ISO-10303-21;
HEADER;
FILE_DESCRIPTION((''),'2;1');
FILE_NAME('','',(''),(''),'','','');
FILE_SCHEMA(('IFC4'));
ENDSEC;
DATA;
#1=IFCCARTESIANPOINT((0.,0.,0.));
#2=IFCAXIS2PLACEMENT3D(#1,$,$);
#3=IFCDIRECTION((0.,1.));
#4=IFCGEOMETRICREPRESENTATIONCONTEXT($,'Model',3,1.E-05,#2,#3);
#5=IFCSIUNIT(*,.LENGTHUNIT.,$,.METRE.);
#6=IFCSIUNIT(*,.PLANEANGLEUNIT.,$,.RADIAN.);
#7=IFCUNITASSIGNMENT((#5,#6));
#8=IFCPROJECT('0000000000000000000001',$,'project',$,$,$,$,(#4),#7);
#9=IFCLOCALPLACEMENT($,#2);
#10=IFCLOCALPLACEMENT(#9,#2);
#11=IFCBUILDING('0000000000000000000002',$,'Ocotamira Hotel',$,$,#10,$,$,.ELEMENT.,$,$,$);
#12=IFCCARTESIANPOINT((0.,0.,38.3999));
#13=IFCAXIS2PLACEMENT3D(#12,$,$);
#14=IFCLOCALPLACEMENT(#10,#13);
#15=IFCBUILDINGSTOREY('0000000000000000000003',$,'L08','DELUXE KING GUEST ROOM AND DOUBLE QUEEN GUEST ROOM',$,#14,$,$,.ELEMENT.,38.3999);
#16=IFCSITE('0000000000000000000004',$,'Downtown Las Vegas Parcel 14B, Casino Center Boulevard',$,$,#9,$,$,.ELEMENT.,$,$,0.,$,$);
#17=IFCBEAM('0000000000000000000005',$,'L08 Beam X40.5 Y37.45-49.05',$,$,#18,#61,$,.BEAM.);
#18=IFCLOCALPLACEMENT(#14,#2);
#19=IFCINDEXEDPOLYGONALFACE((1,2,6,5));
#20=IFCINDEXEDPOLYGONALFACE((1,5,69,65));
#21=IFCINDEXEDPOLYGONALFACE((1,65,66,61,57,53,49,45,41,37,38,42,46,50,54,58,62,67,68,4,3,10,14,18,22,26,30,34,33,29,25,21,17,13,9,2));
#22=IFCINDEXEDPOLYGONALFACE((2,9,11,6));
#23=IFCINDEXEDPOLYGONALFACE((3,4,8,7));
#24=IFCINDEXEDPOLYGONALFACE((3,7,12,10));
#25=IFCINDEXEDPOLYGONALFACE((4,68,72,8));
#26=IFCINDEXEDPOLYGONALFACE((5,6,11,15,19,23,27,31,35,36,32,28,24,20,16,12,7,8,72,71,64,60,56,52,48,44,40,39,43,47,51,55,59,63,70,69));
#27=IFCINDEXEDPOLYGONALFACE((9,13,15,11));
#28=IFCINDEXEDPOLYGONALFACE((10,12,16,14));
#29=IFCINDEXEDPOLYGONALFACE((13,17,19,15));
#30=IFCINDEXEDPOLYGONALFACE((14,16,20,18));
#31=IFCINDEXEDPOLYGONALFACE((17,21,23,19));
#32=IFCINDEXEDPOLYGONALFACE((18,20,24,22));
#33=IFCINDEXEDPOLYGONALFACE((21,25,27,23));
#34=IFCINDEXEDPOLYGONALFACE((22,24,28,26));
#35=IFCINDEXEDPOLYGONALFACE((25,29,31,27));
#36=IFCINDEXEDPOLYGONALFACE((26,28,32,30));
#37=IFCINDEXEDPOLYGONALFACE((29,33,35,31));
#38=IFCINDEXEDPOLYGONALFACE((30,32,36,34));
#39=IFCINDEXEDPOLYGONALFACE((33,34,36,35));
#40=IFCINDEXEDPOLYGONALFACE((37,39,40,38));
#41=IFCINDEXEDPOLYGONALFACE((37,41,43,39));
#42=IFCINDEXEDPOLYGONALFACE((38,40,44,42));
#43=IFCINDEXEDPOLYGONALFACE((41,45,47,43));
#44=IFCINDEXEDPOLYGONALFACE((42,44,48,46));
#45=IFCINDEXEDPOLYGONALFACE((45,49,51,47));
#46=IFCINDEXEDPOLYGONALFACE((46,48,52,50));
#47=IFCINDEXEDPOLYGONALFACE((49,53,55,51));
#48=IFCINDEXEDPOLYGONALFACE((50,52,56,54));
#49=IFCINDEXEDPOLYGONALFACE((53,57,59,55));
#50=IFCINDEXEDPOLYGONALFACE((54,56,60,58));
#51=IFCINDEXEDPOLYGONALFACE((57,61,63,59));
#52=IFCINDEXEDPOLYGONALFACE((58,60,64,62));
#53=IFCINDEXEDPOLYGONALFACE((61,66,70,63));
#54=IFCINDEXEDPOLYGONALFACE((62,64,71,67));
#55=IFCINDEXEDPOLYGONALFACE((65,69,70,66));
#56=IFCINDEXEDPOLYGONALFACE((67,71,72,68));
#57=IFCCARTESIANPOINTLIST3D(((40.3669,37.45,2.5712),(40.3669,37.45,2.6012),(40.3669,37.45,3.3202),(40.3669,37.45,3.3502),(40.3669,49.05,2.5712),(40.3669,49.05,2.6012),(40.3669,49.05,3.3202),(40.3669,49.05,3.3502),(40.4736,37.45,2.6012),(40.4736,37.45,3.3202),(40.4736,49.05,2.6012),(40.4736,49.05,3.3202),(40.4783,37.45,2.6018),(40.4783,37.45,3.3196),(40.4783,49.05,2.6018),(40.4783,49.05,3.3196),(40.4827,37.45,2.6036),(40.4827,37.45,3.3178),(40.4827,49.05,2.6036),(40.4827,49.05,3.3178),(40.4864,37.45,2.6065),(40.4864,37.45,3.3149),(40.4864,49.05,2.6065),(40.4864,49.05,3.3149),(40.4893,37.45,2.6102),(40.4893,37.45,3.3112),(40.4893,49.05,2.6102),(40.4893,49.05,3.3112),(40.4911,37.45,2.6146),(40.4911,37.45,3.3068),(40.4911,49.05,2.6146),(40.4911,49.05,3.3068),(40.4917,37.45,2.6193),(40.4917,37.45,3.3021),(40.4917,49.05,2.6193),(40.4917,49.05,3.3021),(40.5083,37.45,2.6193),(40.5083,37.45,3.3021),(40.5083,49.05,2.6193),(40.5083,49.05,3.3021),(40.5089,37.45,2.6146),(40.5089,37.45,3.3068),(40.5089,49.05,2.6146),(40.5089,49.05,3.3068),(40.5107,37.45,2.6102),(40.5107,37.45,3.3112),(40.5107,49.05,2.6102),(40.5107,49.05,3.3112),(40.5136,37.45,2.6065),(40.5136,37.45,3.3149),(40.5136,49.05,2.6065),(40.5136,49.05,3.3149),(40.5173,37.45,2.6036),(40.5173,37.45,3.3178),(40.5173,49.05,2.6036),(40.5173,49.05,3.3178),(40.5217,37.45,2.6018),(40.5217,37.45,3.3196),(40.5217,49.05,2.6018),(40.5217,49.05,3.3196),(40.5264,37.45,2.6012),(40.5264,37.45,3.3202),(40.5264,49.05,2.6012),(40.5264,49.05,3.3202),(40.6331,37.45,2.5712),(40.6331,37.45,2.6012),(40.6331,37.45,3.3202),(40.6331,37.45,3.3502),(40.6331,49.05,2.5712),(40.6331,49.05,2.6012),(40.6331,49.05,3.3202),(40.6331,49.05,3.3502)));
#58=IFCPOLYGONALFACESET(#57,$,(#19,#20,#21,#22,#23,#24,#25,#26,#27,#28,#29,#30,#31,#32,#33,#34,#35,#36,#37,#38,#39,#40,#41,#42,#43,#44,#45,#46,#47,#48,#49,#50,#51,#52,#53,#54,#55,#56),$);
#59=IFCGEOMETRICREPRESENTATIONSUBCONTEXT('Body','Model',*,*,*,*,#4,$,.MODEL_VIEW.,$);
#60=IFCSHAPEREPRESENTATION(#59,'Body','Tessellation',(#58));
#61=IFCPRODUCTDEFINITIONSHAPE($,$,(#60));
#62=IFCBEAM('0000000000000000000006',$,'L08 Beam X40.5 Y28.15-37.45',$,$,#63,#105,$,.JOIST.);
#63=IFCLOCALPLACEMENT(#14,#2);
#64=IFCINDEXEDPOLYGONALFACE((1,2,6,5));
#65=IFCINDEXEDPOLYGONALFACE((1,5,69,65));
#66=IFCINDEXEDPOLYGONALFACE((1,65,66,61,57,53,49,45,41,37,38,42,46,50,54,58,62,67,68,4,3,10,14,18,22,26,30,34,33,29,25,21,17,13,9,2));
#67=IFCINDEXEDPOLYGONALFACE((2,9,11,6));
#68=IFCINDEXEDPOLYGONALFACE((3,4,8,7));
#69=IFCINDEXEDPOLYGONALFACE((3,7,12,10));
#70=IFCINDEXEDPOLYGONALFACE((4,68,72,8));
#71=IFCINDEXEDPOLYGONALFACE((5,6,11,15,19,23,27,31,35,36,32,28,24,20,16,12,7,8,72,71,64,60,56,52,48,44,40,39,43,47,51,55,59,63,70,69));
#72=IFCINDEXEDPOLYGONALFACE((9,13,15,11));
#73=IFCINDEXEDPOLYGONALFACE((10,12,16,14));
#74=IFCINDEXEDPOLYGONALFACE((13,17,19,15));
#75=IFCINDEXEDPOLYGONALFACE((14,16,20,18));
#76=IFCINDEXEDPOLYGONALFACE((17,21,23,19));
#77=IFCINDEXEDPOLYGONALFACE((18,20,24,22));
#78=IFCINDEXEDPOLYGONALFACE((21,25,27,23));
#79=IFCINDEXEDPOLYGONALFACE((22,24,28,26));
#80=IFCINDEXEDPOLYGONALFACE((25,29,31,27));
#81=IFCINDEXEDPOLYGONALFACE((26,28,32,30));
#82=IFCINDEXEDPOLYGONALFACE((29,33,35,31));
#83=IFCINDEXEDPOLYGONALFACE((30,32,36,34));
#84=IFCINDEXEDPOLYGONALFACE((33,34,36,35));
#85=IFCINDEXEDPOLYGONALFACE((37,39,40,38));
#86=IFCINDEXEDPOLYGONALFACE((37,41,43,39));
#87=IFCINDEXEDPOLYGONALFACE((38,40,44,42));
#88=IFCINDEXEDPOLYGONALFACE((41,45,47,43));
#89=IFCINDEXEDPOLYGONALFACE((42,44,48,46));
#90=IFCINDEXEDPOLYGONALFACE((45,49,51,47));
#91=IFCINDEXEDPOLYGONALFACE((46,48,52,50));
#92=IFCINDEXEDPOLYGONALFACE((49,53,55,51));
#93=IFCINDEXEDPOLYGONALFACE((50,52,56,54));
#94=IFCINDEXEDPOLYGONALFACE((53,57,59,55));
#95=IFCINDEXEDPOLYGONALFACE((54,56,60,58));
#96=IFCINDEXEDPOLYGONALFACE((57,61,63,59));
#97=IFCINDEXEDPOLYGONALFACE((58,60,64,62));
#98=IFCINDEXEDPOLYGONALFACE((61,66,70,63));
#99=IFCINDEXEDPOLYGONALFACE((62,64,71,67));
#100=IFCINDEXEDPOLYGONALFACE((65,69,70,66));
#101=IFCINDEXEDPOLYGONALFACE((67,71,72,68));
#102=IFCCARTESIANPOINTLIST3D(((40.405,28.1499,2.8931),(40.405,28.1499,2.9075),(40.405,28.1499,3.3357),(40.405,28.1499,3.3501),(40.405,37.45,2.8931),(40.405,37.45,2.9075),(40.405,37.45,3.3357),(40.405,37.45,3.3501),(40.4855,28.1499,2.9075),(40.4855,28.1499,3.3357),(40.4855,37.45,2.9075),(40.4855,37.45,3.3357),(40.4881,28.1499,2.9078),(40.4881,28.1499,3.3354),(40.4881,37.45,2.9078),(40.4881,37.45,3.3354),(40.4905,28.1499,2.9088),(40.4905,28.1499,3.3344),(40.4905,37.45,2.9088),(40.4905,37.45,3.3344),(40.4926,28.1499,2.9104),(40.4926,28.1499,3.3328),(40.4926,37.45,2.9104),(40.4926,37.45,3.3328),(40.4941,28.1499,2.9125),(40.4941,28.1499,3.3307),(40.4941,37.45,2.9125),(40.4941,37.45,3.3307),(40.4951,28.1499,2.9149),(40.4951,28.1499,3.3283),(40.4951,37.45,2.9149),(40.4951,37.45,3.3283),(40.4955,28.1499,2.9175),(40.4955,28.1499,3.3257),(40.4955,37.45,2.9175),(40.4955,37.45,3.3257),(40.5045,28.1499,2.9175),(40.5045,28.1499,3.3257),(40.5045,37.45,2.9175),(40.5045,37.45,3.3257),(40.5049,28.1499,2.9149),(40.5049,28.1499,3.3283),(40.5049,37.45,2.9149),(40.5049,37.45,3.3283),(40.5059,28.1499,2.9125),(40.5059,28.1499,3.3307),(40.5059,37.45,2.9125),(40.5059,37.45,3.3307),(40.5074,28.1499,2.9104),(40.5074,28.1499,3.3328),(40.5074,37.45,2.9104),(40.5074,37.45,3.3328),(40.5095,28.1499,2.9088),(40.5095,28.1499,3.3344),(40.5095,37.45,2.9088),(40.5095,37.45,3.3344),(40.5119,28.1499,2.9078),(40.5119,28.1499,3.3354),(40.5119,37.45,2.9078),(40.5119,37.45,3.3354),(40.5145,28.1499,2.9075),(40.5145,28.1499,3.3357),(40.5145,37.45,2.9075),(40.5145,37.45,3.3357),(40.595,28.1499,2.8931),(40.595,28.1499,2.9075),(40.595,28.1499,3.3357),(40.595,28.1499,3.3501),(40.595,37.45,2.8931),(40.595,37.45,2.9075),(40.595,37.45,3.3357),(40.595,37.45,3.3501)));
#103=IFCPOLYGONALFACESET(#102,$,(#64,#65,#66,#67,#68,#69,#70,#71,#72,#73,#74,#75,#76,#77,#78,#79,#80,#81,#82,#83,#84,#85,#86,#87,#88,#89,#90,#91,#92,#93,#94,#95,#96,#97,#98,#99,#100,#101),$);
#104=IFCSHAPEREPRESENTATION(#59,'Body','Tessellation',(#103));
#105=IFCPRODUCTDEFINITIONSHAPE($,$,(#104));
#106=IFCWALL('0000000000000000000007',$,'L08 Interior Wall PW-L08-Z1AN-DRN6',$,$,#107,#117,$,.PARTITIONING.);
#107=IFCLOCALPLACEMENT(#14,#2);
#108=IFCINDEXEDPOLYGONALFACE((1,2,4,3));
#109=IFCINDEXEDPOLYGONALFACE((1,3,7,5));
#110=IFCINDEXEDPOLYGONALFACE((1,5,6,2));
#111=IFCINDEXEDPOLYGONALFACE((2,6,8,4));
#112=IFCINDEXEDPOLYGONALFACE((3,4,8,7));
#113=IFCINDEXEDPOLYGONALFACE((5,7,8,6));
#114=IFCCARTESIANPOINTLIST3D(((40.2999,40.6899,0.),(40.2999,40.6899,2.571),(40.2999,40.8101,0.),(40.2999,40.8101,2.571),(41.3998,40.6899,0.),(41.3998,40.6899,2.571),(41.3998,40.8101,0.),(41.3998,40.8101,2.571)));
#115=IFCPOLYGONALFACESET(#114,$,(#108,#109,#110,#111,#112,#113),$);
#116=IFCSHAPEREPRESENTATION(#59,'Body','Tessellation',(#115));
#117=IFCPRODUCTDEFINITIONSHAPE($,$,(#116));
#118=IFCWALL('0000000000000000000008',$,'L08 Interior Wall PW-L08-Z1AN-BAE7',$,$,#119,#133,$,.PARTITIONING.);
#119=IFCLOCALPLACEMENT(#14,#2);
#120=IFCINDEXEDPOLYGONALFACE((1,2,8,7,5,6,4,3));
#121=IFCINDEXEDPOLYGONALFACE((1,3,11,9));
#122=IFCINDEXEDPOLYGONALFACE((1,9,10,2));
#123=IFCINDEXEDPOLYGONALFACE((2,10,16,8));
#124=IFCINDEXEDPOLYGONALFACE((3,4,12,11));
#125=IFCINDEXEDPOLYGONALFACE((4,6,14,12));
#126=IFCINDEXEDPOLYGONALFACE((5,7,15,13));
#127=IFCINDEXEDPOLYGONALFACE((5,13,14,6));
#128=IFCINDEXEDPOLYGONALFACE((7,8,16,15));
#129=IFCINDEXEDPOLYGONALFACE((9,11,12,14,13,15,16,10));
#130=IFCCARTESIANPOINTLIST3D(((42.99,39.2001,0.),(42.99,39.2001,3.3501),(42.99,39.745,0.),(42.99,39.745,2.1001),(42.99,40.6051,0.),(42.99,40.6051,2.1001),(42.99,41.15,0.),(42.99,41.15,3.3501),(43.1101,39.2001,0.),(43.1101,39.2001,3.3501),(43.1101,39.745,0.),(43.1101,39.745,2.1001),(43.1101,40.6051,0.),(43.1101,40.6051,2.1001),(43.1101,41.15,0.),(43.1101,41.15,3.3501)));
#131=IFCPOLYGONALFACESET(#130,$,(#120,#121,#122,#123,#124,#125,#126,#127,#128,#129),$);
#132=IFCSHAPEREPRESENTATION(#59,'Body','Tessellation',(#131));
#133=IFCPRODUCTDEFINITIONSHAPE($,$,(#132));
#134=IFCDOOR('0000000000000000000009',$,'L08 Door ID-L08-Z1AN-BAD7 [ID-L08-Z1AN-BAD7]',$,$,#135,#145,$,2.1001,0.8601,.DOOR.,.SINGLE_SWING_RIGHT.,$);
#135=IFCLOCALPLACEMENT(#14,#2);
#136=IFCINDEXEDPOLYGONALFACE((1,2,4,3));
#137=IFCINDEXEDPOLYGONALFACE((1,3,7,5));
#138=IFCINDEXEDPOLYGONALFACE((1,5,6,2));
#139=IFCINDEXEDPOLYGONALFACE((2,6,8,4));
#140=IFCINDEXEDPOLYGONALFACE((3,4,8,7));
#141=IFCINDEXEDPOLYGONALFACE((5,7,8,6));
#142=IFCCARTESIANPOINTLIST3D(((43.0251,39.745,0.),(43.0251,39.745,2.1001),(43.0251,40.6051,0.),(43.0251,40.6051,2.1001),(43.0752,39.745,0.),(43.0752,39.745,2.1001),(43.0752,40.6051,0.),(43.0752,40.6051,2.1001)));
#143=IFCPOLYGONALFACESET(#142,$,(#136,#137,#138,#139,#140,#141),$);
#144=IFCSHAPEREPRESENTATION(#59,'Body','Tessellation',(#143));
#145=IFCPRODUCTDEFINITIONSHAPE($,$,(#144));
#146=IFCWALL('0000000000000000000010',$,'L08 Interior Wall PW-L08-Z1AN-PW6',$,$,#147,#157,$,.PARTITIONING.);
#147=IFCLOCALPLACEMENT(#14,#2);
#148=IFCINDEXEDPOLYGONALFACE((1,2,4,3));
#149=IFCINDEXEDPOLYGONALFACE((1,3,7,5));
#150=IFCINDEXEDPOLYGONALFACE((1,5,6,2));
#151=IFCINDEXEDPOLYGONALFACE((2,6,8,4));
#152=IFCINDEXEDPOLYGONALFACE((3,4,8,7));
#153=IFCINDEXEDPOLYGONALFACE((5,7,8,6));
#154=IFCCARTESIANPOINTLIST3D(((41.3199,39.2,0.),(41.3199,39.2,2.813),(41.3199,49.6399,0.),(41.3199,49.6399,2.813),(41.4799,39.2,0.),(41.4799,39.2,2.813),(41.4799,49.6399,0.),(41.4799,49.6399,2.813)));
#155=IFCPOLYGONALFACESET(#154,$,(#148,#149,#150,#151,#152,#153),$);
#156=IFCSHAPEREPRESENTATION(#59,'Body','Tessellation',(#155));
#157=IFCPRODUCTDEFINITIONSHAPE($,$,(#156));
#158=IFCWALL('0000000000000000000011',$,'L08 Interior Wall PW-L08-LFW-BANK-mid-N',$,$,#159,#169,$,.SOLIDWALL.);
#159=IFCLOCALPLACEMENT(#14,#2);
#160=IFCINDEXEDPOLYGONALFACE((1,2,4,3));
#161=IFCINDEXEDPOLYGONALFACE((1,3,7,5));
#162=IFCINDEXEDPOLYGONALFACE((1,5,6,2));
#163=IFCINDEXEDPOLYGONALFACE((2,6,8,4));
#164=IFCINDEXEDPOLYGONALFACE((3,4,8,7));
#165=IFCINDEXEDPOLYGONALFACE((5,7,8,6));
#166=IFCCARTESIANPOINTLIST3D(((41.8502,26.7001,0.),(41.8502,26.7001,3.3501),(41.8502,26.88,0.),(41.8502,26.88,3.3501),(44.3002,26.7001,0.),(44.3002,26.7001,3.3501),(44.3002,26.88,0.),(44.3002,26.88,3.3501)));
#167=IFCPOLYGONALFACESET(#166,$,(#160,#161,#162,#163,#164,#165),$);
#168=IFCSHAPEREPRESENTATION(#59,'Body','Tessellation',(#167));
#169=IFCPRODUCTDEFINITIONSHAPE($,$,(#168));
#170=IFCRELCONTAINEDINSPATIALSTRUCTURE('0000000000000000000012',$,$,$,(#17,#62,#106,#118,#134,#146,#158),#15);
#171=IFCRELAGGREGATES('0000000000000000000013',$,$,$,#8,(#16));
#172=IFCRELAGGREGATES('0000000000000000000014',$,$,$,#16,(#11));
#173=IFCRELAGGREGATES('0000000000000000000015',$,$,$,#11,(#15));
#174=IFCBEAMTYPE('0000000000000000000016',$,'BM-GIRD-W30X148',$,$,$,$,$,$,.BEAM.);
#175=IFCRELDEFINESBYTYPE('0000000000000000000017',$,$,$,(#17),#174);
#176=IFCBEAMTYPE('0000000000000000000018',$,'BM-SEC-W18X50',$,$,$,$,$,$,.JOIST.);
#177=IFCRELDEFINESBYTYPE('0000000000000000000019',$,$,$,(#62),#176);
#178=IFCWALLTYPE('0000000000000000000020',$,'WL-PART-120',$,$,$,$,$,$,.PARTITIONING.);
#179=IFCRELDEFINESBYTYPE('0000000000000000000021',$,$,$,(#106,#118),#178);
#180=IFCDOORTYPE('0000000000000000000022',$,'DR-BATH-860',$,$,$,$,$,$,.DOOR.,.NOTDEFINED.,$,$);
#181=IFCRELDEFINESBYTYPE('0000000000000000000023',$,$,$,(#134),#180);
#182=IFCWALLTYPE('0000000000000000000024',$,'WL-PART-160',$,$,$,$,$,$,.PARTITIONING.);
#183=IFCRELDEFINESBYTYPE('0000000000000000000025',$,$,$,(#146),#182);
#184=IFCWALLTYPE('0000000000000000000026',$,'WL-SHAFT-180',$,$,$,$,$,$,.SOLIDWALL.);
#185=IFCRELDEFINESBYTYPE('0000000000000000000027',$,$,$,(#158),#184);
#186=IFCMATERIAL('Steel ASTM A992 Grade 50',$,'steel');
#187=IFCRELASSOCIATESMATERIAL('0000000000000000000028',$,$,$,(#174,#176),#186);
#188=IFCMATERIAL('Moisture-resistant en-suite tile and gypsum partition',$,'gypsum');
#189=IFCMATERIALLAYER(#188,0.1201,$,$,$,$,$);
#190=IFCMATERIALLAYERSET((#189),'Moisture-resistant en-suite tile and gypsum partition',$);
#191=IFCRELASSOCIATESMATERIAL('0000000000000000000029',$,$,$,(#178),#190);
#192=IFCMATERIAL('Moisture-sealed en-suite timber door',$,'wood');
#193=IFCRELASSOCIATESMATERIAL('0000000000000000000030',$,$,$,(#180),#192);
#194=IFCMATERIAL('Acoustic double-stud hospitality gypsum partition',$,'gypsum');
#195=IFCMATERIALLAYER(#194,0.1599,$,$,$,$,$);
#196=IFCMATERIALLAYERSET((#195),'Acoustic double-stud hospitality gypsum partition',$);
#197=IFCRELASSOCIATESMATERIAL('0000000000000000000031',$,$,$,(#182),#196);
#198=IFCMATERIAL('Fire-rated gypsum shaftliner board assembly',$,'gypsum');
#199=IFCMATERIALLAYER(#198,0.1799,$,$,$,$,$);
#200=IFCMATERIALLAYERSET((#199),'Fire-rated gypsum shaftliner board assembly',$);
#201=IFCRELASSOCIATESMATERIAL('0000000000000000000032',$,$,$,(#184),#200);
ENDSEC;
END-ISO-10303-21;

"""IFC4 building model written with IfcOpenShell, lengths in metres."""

from ifc_helpers import new_model, si_unit, direction, frame, frame_2d, origin, origin_2d, place, context, subcontext, project, spatial, rectangle, i_section, extrude, source, transform, mapped, material, layer, layer_set, material_profile, profile_set, type_object, element, fill, save


model = new_model("IFC4")

# Units and contexts
model_context = context("Model", 3, precision=1e-05, world=origin(), true_north=direction((0.0, 1.0)))
body_context = subcontext(model_context, "Body", "Model", "MODEL_VIEW")
ifc_project = project(units=[si_unit("LENGTHUNIT", "METRE"), si_unit("PLANEANGLEUNIT", "RADIAN")], contexts=[model_context])

# Site, building, storey
site_placement = place(None, origin())
site = spatial("IfcSite", under=ifc_project, at=site_placement, Name="Downtown Las Vegas Parcel 14B, Casino Center Boulevard", CompositionType="ELEMENT", RefElevation=0.0)
building_placement = place(site_placement, origin())
building = spatial("IfcBuilding", under=site, at=building_placement, Name="Ocotamira Hotel", CompositionType="ELEMENT")
storey_placement = place(building_placement, frame((0.0, 0.0, 38.3999)))
storey = spatial("IfcBuildingStorey", under=building, at=storey_placement, Name="L08", Description="DELUXE KING GUEST ROOM AND DOUBLE QUEEN GUEST ROOM", CompositionType="ELEMENT", Elevation=38.3999)

# Beams
ifc_material_1 = material(Name="Steel ASTM A992 Grade 50", Category="steel")
ifc_material_profile_1 = material_profile(ifc_material_1, i_section(OverallWidth=0.2661, OverallDepth=0.7791, WebThickness=0.0166, FlangeThickness=0.03, FilletRadius=0.0181, at=origin_2d()), Name="W30X148")
ifc_profile_set_1 = profile_set([ifc_material_profile_1], Name="Steel ASTM A992 Grade 50")
beam_type_1 = type_object("IfcBeamType", Name="BM-GIRD-W30X148", PredefinedType="BEAM", material=ifc_profile_set_1)
shared_shape_1 = source(origin(), body_context, "Body", "SweptSolid", [
    extrude(i_section(OverallWidth=0.2661, OverallDepth=0.7791, WebThickness=0.0166, FlangeThickness=0.03, FilletRadius=0.0181, at=origin_2d()), origin(), (0.0, 0.0, 1.0), 11.6001),
])
beam_1_placement = place(storey_placement, frame((40.5, 37.45, 2.9607), z_axis=(0.0, 1.0, 0.0), x_axis=(-1.0, 0.0, 0.0)))
element("IfcBeam", 1, at=beam_1_placement, inside=storey, type_object=beam_type_1, Name="L08 Beam X40.5 Y37.45-49.05", PredefinedType="BEAM", context=body_context, shape_type="MappedRepresentation", body=[
    mapped(shared_shape_1, transform((0.0, 0.0, 0.0), scale=1.0)),
])
ifc_material_profile_2 = material_profile(ifc_material_1, i_section(OverallWidth=0.1899, OverallDepth=0.457, WebThickness=0.009, FlangeThickness=0.0144, FilletRadius=0.01, at=origin_2d()), Name="W18X50")
ifc_profile_set_2 = profile_set([ifc_material_profile_2], Name="Steel ASTM A992 Grade 50")
beam_type_2 = type_object("IfcBeamType", Name="BM-SEC-W18X50", PredefinedType="JOIST", material=ifc_profile_set_2)
shared_shape_2 = source(origin(), body_context, "Body", "SweptSolid", [
    extrude(i_section(OverallWidth=0.1899, OverallDepth=0.457, WebThickness=0.009, FlangeThickness=0.0144, FilletRadius=0.01, at=origin_2d()), origin(), (0.0, 0.0, 1.0), 9.3),
])
beam_2_placement = place(storey_placement, frame((40.5, 28.1499, 3.1216), z_axis=(0.0, 1.0, 0.0), x_axis=(-1.0, 0.0, 0.0)))
element("IfcBeam", 2, at=beam_2_placement, inside=storey, type_object=beam_type_2, Name="L08 Beam X40.5 Y28.15-37.45", PredefinedType="JOIST", context=body_context, shape_type="MappedRepresentation", body=[
    mapped(shared_shape_2, transform((0.0, 0.0, 0.0), scale=1.0)),
])

# Wall
ifc_material_2 = material(Name="Moisture-resistant en-suite tile and gypsum partition", Category="gypsum")
ifc_layer_1 = layer(ifc_material_2, 0.1201)
ifc_layer_set_1 = layer_set([ifc_layer_1], Name="Moisture-resistant en-suite tile and gypsum partition")
wall_type_1 = type_object("IfcWallType", Name="WL-PART-120", PredefinedType="PARTITIONING", material=ifc_layer_set_1)
wall_1_placement = place(storey_placement, frame((40.3, 40.75, 0.0), z_axis=(0.0, 0.0, 1.0), x_axis=(1.0, 0.0, 0.0)))
element("IfcWall", 3, at=wall_1_placement, inside=storey, type_object=wall_type_1, Name="L08 Interior Wall PW-L08-Z1AN-DRN6", PredefinedType="PARTITIONING", context=body_context, shape_type="SweptSolid", body=[
    extrude(rectangle(XDim=1.0999, YDim=0.1201, at=frame_2d((0.5498, 0.0))), origin(), (0.0, 0.0, 1.0), 2.571),
])

# Wall, opening, door
wall_2_placement = place(storey_placement, frame((43.05, 39.2, 0.0), z_axis=(0.0, 0.0, 1.0), x_axis=(0.0, 1.0, 0.0)))
wall_2 = element("IfcWall", 4, at=wall_2_placement, inside=storey, type_object=wall_type_1, Name="L08 Interior Wall PW-L08-Z1AN-BAE7", PredefinedType="PARTITIONING", context=body_context, shape_type="SweptSolid", body=[
    extrude(rectangle(XDim=1.95, YDim=0.1201, at=frame_2d((0.9751, 0.0))), origin(), (0.0, 0.0, 1.0), 3.3501),
])
opening_1_placement = place(wall_2_placement, frame((0.5449, 0.0, 0.0)))
opening_1 = element("IfcOpeningElement", 5, at=opening_1_placement, cuts=wall_2, PredefinedType="OPENING", context=body_context, shape_type="SweptSolid", body=[
    extrude(rectangle(XDim=0.8601, YDim=2.1001, at=frame_2d((0.4302, 1.05))), frame((0.0, 0.0701, 0.0), z_axis=(0.0, -1.0, 0.0), x_axis=(1.0, 0.0, 0.0)), (0.0, 0.0, 1.0), 0.1401),
])
ifc_material_3 = material(Name="Moisture-sealed en-suite timber door", Category="wood")
door_type_1 = type_object("IfcDoorType", Name="DR-BATH-860", OperationType="NOTDEFINED", PredefinedType="DOOR", material=ifc_material_3)
shared_shape_3 = source(origin(), body_context, "Body", "SweptSolid", [
    extrude(rectangle(XDim=0.8601, YDim=2.1001, at=frame_2d((0.4302, 1.05))), frame((0.0, 0.0249, 0.0), z_axis=(0.0, -1.0, 0.0), x_axis=(1.0, 0.0, 0.0)), (0.0, 0.0, 1.0), 0.05),
])
door_1_placement = place(opening_1_placement, origin())
door_1 = element("IfcDoor", 6, at=door_1_placement, inside=storey, type_object=door_type_1, Name="L08 Door ID-L08-Z1AN-BAD7 [ID-L08-Z1AN-BAD7]", OperationType="SINGLE_SWING_RIGHT", OverallHeight=2.1001, OverallWidth=0.8601, PredefinedType="DOOR", context=body_context, shape_type="MappedRepresentation", body=[
    mapped(shared_shape_3, transform((0.0, 0.0, 0.0), scale=1.0)),
])
fill(opening_1, door_1)

# Walls
ifc_material_4 = material(Name="Acoustic double-stud hospitality gypsum partition", Category="gypsum")
ifc_layer_2 = layer(ifc_material_4, 0.1599)
ifc_layer_set_2 = layer_set([ifc_layer_2], Name="Acoustic double-stud hospitality gypsum partition")
wall_type_2 = type_object("IfcWallType", Name="WL-PART-160", PredefinedType="PARTITIONING", material=ifc_layer_set_2)
wall_3_placement = place(storey_placement, frame((41.3999, 39.2, 0.0), z_axis=(0.0, 0.0, 1.0), x_axis=(0.0, 1.0, 0.0)))
element("IfcWall", 7, at=wall_3_placement, inside=storey, type_object=wall_type_2, Name="L08 Interior Wall PW-L08-Z1AN-PW6", PredefinedType="PARTITIONING", context=body_context, shape_type="SweptSolid", body=[
    extrude(rectangle(XDim=10.4399, YDim=0.1599, at=frame_2d((5.22, 0.0))), origin(), (0.0, 0.0, 1.0), 2.813),
])
ifc_material_5 = material(Name="Fire-rated gypsum shaftliner board assembly", Category="gypsum")
ifc_layer_3 = layer(ifc_material_5, 0.1799)
ifc_layer_set_3 = layer_set([ifc_layer_3], Name="Fire-rated gypsum shaftliner board assembly")
wall_type_3 = type_object("IfcWallType", Name="WL-SHAFT-180", PredefinedType="SOLIDWALL", material=ifc_layer_set_3)
wall_4_placement = place(storey_placement, frame((41.8501, 26.79, 0.0), z_axis=(0.0, 0.0, 1.0), x_axis=(1.0, 0.0, 0.0)))
element("IfcWall", 8, at=wall_4_placement, inside=storey, type_object=wall_type_3, Name="L08 Interior Wall PW-L08-LFW-BANK-mid-N", PredefinedType="SOLIDWALL", context=body_context, shape_type="SweptSolid", body=[
    extrude(rectangle(XDim=2.45, YDim=0.1799, at=frame_2d((1.2251, 0.0))), origin(), (0.0, 0.0, 1.0), 3.3501),
])

save(model, "model.ifc")
